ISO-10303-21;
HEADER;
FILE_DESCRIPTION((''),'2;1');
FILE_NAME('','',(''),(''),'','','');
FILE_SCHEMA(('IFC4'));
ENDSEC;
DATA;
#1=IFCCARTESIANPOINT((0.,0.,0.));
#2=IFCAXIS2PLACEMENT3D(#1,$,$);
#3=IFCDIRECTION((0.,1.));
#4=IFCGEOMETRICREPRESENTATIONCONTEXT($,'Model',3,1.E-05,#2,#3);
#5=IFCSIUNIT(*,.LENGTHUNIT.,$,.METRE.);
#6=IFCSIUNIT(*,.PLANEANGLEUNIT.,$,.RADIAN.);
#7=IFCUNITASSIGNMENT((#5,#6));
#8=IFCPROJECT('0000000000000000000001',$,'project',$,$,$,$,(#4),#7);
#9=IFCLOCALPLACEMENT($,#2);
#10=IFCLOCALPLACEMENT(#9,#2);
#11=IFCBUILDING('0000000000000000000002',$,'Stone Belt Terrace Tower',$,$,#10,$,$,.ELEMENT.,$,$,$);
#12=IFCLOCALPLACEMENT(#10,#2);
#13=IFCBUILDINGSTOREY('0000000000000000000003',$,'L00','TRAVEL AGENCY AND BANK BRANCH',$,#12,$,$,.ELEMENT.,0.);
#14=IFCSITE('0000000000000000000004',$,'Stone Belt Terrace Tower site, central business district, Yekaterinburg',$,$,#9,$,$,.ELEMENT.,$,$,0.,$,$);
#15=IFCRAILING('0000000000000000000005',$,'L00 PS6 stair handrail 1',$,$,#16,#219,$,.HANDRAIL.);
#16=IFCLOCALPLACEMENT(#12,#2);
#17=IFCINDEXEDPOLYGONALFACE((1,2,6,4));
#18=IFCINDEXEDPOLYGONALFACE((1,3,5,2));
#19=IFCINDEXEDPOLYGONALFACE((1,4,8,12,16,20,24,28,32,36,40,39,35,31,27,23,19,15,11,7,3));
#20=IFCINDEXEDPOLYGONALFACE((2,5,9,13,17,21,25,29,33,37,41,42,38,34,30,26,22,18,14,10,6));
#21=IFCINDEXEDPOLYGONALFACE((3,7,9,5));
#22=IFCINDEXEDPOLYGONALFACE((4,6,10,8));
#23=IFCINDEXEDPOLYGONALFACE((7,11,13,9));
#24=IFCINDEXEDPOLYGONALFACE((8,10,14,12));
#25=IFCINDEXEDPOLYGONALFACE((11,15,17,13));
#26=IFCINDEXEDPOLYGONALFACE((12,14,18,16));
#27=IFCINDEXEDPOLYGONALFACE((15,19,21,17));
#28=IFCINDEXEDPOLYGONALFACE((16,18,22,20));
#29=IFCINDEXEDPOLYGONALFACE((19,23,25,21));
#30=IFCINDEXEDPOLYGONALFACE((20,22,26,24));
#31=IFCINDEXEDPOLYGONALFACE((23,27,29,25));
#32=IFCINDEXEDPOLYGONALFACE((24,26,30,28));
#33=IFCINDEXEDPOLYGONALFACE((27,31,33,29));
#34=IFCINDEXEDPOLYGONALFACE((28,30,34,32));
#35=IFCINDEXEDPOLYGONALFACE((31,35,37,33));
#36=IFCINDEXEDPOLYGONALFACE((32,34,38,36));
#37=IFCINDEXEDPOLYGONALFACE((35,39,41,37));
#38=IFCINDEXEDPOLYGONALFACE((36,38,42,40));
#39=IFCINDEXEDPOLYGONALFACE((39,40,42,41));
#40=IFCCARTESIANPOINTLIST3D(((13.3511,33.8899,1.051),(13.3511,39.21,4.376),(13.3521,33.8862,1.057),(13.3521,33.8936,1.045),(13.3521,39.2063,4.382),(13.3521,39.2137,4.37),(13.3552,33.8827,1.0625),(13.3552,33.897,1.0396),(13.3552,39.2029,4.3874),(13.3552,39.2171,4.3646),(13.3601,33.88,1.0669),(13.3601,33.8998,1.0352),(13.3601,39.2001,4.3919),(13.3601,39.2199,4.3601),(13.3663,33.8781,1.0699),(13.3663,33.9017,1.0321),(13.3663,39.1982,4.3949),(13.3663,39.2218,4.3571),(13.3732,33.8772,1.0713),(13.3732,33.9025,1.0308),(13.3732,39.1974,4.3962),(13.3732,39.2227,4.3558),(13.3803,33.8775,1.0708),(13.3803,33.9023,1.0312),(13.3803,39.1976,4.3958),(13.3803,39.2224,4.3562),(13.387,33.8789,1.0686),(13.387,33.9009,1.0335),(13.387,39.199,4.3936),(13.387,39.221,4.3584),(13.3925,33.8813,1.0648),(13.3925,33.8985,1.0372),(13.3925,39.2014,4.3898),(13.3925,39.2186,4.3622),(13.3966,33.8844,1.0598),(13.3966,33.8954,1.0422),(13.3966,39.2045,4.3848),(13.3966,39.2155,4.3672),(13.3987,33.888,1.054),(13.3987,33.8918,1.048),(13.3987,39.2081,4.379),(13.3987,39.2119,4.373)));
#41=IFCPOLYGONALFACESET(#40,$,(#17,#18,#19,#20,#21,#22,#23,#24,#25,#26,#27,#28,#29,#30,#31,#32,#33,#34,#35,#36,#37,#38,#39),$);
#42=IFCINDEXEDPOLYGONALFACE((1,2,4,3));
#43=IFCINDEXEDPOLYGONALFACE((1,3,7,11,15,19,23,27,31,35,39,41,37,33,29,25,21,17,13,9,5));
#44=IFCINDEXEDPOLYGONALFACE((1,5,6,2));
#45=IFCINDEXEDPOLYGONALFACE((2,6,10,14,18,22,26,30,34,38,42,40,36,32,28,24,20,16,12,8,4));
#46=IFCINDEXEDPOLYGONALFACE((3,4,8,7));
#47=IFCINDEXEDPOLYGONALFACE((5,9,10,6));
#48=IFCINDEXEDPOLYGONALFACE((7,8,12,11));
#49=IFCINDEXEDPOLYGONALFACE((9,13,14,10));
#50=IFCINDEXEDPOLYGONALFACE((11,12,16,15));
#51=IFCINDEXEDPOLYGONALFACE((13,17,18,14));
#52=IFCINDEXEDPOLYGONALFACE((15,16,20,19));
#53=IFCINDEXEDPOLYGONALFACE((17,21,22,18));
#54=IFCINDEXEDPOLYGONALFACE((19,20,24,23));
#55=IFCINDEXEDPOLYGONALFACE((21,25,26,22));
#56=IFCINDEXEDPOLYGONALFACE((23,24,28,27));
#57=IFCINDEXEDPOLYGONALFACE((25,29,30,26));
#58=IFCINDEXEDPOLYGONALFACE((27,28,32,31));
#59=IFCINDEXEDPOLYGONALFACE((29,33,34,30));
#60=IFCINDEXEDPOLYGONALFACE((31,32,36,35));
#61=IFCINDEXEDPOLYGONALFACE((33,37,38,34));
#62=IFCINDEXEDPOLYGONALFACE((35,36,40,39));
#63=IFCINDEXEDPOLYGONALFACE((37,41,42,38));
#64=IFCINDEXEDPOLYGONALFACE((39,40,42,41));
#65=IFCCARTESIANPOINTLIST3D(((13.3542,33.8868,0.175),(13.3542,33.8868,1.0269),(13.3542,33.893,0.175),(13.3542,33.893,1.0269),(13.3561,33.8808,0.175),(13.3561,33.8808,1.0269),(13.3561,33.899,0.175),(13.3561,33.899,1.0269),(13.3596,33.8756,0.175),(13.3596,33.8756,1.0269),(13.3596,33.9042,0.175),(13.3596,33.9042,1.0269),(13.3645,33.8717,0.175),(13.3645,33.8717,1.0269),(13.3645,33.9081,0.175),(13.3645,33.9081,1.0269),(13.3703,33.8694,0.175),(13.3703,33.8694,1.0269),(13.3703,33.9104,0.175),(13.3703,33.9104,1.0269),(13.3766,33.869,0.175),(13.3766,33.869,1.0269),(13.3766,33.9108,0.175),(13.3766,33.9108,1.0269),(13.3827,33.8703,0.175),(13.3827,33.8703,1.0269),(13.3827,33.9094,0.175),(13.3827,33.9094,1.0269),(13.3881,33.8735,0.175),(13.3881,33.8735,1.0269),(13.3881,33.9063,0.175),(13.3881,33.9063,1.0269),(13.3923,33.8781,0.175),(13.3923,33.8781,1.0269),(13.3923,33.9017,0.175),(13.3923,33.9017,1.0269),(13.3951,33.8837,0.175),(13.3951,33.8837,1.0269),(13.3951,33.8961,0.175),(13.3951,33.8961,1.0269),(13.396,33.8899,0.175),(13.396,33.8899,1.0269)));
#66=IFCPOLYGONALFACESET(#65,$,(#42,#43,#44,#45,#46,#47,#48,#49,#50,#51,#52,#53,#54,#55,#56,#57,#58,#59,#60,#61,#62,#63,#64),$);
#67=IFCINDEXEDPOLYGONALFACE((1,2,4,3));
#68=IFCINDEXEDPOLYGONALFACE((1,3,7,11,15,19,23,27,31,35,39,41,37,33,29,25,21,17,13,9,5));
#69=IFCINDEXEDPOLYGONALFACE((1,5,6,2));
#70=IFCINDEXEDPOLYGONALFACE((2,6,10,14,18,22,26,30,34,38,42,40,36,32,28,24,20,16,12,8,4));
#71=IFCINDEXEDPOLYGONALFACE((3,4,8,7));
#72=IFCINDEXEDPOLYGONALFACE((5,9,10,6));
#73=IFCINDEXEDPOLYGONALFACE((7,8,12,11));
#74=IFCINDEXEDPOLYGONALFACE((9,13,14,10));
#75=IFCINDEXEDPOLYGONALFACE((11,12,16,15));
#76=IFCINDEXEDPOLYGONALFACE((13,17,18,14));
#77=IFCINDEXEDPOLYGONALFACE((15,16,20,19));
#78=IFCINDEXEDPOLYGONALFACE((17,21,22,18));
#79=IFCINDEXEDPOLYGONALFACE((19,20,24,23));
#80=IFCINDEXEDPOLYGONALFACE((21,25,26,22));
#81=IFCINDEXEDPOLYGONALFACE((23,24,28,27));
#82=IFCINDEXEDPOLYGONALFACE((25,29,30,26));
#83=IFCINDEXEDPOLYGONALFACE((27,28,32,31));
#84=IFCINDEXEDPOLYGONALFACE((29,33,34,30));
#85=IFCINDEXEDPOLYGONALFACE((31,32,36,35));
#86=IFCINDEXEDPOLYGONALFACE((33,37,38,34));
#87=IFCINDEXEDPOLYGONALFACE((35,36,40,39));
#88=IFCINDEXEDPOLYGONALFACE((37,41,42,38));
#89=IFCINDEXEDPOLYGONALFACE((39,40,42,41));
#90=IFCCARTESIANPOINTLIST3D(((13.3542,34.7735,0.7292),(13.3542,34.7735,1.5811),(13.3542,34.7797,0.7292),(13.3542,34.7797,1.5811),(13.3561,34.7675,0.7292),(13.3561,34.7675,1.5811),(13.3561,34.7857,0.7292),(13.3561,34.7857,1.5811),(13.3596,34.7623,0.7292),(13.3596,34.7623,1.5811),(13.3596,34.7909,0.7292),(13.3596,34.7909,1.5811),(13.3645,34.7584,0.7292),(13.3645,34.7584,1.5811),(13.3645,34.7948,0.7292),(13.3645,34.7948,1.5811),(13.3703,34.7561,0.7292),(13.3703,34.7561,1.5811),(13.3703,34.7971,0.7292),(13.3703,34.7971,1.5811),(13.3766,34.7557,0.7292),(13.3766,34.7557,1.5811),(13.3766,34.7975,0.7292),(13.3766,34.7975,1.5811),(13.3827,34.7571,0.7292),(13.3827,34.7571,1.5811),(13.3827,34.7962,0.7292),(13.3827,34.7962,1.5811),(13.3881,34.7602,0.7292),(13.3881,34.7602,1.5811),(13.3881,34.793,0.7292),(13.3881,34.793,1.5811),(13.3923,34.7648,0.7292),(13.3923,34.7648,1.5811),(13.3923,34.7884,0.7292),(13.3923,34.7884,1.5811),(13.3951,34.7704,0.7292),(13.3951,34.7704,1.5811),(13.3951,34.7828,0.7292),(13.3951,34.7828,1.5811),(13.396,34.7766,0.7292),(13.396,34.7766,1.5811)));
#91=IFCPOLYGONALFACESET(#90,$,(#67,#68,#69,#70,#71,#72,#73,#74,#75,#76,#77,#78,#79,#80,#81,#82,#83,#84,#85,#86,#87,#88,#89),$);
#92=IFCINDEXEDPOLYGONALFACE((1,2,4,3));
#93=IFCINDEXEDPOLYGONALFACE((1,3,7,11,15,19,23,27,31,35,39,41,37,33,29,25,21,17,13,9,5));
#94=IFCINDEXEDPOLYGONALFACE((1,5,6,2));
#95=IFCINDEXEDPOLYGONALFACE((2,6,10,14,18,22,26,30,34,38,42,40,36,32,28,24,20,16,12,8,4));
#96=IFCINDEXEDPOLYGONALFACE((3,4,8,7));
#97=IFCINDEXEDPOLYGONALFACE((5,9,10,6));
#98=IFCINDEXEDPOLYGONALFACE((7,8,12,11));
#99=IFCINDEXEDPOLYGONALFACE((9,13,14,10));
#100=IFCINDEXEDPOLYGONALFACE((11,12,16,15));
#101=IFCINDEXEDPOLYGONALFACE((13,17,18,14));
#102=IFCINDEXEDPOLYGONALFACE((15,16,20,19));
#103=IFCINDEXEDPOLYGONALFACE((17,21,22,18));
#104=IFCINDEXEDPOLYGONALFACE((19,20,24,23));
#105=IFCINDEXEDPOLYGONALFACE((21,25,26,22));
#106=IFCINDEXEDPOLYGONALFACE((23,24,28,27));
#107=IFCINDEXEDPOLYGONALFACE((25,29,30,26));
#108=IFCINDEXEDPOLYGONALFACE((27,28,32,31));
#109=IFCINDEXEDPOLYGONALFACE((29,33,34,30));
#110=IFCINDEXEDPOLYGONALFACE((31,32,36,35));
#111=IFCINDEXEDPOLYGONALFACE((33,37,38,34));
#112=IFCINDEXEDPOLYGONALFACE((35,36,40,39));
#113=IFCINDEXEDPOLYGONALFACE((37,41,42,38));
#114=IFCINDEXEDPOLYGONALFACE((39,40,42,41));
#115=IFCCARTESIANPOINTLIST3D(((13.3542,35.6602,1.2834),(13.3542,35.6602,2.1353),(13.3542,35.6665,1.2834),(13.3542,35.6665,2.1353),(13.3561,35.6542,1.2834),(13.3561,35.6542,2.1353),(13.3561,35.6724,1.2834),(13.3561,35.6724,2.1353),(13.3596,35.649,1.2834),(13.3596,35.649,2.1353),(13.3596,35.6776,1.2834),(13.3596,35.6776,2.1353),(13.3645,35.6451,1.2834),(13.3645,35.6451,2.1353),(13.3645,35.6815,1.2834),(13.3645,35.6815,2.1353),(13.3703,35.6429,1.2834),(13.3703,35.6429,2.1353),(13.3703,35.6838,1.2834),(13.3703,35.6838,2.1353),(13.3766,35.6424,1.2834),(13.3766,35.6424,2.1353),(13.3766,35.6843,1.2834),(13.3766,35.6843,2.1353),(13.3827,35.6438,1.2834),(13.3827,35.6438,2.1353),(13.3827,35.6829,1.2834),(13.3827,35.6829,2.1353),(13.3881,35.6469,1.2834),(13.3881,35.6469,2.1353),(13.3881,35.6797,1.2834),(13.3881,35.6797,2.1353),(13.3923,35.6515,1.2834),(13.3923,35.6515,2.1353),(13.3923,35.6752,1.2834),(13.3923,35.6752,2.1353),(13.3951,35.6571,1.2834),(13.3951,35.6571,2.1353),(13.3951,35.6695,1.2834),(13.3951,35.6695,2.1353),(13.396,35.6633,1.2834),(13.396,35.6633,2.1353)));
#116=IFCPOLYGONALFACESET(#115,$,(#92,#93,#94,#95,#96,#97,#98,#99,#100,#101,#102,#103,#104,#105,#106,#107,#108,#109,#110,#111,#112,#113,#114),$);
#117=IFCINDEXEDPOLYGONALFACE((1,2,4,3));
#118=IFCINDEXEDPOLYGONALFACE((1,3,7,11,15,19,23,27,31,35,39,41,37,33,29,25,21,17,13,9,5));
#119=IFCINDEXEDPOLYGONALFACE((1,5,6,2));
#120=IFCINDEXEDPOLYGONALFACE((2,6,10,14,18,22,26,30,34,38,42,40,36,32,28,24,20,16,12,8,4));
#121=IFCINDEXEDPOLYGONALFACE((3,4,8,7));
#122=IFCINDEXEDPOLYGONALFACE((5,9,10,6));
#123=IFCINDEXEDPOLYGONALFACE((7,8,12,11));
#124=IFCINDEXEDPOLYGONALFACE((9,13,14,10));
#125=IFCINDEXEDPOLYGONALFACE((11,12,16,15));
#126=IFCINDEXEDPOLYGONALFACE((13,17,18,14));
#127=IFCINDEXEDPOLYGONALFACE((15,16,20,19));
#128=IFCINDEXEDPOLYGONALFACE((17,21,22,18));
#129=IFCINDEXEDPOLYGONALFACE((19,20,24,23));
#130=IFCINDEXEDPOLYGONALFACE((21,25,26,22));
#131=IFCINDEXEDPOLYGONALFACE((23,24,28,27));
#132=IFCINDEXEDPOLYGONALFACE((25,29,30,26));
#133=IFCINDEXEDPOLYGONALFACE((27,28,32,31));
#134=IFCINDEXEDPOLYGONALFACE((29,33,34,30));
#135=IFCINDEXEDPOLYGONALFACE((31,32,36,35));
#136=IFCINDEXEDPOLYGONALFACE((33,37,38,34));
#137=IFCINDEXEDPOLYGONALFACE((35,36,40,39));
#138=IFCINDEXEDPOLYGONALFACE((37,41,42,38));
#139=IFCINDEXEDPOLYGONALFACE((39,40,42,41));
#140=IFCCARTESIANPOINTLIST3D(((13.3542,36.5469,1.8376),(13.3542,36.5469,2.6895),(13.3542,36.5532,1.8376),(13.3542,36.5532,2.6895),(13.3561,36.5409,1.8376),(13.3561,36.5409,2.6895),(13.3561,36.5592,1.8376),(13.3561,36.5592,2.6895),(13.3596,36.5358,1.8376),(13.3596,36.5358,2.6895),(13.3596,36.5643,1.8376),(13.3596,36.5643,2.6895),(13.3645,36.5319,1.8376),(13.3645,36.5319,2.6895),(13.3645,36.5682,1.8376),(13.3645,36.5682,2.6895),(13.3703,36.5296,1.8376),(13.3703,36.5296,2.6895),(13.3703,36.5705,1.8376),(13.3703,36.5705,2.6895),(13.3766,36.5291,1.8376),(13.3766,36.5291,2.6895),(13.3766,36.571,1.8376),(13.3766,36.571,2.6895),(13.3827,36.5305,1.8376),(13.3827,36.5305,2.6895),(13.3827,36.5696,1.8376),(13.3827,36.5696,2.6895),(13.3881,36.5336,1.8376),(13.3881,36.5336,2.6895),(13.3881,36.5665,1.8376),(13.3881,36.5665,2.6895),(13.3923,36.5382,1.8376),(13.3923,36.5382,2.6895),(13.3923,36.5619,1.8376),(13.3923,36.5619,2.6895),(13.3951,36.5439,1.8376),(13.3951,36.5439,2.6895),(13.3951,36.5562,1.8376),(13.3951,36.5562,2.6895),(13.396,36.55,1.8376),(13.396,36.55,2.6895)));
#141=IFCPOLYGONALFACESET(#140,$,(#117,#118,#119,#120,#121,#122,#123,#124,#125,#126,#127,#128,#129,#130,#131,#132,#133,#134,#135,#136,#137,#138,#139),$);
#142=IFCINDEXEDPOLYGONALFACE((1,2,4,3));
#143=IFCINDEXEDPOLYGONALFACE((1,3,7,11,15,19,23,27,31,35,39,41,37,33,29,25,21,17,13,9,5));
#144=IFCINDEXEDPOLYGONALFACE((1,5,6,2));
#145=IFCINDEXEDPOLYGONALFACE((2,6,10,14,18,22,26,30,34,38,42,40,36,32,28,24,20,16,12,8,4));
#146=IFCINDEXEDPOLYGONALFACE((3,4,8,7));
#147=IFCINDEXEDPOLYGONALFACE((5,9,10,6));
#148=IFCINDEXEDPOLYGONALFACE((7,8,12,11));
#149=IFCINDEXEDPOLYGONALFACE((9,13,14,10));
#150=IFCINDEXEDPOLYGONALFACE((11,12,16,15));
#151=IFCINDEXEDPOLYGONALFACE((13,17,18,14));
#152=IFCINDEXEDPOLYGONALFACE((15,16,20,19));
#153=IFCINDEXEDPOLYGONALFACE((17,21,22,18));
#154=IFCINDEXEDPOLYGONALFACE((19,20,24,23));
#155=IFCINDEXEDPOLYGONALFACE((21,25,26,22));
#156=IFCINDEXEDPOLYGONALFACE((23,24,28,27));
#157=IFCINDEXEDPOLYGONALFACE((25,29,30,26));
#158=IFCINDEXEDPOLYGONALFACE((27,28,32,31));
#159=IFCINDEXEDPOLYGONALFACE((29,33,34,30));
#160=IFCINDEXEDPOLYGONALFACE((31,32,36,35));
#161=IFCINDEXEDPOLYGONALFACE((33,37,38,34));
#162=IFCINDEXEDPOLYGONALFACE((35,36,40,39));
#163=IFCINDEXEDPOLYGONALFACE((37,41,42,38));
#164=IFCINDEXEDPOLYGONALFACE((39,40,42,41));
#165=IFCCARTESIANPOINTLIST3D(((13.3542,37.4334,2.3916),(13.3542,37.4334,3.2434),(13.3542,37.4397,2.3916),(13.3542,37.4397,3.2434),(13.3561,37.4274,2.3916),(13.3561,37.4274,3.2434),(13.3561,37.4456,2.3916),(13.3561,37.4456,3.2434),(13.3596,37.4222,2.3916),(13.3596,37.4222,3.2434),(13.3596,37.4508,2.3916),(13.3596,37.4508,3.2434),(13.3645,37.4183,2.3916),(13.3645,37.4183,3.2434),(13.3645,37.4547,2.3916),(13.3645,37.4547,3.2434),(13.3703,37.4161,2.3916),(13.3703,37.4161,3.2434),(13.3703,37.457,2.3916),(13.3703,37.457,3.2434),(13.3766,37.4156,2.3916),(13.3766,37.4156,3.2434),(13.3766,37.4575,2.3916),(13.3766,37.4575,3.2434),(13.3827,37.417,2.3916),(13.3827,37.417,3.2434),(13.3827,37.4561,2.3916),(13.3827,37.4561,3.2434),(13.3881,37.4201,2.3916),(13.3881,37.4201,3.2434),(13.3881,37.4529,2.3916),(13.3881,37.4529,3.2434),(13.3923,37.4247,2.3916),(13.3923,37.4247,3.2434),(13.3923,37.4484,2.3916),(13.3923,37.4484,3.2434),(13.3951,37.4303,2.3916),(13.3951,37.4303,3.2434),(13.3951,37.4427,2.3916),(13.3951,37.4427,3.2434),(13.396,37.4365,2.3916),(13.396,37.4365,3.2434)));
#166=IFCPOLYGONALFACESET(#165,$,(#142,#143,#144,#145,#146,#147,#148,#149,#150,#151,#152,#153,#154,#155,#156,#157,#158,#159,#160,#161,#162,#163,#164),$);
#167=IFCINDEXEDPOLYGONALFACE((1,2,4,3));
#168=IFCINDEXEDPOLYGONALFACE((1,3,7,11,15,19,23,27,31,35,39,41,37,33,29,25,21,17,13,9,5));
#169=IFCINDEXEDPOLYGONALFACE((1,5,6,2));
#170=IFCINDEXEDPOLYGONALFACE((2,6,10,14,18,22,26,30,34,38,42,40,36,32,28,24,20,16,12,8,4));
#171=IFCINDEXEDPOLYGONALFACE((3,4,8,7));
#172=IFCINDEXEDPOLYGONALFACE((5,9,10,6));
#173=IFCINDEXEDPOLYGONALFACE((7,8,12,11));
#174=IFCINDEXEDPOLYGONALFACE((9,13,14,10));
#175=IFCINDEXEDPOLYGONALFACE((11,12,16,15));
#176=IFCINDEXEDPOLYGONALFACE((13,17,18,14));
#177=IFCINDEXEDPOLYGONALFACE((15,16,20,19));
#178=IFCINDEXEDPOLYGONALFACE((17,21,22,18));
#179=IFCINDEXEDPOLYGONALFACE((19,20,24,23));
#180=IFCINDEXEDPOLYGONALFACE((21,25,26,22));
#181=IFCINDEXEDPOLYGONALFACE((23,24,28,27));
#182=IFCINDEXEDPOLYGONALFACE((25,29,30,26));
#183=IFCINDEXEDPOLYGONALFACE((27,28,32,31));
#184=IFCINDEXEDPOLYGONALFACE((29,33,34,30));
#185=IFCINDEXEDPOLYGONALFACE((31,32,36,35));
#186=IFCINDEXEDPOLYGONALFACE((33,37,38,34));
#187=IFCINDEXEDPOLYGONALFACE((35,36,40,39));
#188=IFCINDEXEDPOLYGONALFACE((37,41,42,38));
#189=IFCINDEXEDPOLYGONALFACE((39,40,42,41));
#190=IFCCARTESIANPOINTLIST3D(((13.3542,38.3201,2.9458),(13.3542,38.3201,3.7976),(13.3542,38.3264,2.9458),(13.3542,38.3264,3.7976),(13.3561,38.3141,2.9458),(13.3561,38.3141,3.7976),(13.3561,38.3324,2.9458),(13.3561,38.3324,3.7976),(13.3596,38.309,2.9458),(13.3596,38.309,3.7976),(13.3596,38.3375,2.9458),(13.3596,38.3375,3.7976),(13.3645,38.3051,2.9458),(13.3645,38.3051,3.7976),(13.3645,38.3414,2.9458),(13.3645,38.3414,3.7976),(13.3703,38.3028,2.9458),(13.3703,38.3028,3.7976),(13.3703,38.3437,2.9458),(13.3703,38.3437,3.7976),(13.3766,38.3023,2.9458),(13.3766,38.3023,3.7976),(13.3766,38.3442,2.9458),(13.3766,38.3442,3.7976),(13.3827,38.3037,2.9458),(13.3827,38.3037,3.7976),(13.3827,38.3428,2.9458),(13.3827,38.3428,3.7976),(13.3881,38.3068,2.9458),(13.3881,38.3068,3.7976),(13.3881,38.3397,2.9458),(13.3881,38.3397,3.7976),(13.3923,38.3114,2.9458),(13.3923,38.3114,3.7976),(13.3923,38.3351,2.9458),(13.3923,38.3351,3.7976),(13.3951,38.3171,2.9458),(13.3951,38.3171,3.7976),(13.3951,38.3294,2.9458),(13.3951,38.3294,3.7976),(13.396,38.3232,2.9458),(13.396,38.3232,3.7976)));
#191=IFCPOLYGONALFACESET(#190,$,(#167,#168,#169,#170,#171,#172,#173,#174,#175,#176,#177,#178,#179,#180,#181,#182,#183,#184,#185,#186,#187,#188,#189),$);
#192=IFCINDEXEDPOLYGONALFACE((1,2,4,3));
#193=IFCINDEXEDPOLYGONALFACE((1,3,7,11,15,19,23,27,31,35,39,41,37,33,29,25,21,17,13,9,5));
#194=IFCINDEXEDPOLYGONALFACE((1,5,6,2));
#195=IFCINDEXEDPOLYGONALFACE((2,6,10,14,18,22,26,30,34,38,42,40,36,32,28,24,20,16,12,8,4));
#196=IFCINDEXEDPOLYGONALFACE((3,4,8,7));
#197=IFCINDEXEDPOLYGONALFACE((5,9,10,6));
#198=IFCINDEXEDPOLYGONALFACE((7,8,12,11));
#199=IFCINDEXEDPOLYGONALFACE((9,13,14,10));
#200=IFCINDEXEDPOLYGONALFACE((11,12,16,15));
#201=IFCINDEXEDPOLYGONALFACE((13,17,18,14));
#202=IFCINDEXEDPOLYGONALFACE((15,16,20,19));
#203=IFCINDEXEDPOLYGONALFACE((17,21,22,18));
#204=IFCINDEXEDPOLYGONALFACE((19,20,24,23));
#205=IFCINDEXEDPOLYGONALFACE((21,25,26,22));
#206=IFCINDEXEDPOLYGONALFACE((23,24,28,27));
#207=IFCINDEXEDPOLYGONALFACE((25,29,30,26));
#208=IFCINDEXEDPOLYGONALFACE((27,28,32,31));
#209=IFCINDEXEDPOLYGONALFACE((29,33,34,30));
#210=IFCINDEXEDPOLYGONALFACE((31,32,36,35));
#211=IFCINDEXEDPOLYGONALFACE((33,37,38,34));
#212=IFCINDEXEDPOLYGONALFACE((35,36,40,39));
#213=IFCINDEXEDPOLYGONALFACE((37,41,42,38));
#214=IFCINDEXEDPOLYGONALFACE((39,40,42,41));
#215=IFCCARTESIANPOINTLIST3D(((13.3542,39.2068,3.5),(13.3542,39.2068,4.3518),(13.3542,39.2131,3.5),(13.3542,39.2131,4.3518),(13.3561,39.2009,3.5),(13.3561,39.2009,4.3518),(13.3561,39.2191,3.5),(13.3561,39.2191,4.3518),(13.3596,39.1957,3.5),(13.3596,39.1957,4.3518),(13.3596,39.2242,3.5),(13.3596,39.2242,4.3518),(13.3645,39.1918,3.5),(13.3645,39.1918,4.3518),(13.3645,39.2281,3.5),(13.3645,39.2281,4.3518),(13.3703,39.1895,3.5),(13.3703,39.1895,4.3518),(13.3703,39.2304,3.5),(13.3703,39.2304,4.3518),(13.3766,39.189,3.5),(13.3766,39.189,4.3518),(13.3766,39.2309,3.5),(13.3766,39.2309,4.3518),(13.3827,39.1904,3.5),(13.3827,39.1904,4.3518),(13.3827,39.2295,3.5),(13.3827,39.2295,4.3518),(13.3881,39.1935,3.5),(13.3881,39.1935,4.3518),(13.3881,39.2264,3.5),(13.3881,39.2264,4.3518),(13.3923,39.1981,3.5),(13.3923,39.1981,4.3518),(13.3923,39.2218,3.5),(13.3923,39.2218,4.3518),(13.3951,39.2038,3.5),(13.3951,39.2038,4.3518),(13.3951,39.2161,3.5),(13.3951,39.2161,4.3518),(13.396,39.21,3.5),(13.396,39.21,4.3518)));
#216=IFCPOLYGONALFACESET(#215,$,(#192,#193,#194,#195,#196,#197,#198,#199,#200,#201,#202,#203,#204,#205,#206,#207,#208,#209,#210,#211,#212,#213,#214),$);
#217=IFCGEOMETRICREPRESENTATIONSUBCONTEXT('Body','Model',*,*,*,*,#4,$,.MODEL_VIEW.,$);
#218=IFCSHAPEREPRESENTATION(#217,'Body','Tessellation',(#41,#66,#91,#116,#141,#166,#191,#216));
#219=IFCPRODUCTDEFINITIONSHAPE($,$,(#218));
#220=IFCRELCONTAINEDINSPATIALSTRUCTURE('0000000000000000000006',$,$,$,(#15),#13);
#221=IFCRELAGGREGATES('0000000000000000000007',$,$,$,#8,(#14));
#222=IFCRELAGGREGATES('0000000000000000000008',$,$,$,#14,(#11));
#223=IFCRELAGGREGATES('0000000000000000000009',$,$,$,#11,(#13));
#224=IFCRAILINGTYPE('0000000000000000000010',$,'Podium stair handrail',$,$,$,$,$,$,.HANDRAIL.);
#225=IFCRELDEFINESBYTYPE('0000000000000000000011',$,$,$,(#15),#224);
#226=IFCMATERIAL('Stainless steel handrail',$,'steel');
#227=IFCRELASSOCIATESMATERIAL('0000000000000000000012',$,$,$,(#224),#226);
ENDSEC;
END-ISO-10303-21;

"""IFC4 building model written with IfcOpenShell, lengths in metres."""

from ifc_helpers import new_model, si_unit, direction, frame, origin, origin_2d, place, context, subcontext, project, spatial, circle, extrude, material, type_object, element, save


model = new_model("IFC4")

# Units and contexts
model_context = context("Model", 3, precision=1e-05, world=origin(), true_north=direction((0.0, 1.0)))
body_context = subcontext(model_context, "Body", "Model", "MODEL_VIEW")
ifc_project = project(units=[si_unit("LENGTHUNIT", "METRE"), si_unit("PLANEANGLEUNIT", "RADIAN")], contexts=[model_context])

# Site, building, storey
site_placement = place(None, origin())
site = spatial("IfcSite", under=ifc_project, at=site_placement, Name="Stone Belt Terrace Tower site, central business district, Yekaterinburg", CompositionType="ELEMENT", RefElevation=0.0)
building_placement = place(site_placement, origin())
building = spatial("IfcBuilding", under=site, at=building_placement, Name="Stone Belt Terrace Tower", CompositionType="ELEMENT")
storey_placement = place(building_placement, origin())
storey = spatial("IfcBuildingStorey", under=building, at=storey_placement, Name="L00", Description="TRAVEL AGENCY AND BANK BRANCH", CompositionType="ELEMENT", Elevation=0.0)

# Railing
ifc_material_1 = material(Name="Stainless steel handrail", Category="steel")
railing_type_1 = type_object("IfcRailingType", Name="Podium stair handrail", PredefinedType="HANDRAIL", material=ifc_material_1)
railing_1_placement = place(storey_placement, frame((13.375, 33.8899, 0.175)))
element("IfcRailing", 1, at=railing_1_placement, inside=storey, type_object=railing_type_1, Name="L00 PS6 stair handrail 1", PredefinedType="HANDRAIL", context=body_context, shape_type="SweptSolid", body=[
    extrude(circle(Radius=0.0239, at=origin_2d()), frame((0.0, 0.0, 0.876), z_axis=(0.0, 0.848005, 0.529988), x_axis=(-1.0, 0.0, 0.0)), (0.0, 0.0, 1.0), 6.2737),
    extrude(circle(Radius=0.021, at=origin_2d()), origin(), (0.0, 0.0, 1.0), 0.8518),
    extrude(circle(Radius=0.021, at=origin_2d()), frame((0.0, 0.8867, 0.5542)), (0.0, 0.0, 1.0), 0.8518),
    extrude(circle(Radius=0.021, at=origin_2d()), frame((0.0, 1.7734, 1.1084)), (0.0, 0.0, 1.0), 0.8518),
    extrude(circle(Radius=0.021, at=origin_2d()), frame((0.0, 2.6602, 1.6626)), (0.0, 0.0, 1.0), 0.8518),
    extrude(circle(Radius=0.021, at=origin_2d()), frame((0.0, 3.5466, 2.2166)), (0.0, 0.0, 1.0), 0.8518),
    extrude(circle(Radius=0.021, at=origin_2d()), frame((0.0, 4.4333, 2.7708)), (0.0, 0.0, 1.0), 0.8518),
    extrude(circle(Radius=0.021, at=origin_2d()), frame((0.0, 5.3201, 3.325)), (0.0, 0.0, 1.0), 0.8518),
])

save(model, "model.ifc")
